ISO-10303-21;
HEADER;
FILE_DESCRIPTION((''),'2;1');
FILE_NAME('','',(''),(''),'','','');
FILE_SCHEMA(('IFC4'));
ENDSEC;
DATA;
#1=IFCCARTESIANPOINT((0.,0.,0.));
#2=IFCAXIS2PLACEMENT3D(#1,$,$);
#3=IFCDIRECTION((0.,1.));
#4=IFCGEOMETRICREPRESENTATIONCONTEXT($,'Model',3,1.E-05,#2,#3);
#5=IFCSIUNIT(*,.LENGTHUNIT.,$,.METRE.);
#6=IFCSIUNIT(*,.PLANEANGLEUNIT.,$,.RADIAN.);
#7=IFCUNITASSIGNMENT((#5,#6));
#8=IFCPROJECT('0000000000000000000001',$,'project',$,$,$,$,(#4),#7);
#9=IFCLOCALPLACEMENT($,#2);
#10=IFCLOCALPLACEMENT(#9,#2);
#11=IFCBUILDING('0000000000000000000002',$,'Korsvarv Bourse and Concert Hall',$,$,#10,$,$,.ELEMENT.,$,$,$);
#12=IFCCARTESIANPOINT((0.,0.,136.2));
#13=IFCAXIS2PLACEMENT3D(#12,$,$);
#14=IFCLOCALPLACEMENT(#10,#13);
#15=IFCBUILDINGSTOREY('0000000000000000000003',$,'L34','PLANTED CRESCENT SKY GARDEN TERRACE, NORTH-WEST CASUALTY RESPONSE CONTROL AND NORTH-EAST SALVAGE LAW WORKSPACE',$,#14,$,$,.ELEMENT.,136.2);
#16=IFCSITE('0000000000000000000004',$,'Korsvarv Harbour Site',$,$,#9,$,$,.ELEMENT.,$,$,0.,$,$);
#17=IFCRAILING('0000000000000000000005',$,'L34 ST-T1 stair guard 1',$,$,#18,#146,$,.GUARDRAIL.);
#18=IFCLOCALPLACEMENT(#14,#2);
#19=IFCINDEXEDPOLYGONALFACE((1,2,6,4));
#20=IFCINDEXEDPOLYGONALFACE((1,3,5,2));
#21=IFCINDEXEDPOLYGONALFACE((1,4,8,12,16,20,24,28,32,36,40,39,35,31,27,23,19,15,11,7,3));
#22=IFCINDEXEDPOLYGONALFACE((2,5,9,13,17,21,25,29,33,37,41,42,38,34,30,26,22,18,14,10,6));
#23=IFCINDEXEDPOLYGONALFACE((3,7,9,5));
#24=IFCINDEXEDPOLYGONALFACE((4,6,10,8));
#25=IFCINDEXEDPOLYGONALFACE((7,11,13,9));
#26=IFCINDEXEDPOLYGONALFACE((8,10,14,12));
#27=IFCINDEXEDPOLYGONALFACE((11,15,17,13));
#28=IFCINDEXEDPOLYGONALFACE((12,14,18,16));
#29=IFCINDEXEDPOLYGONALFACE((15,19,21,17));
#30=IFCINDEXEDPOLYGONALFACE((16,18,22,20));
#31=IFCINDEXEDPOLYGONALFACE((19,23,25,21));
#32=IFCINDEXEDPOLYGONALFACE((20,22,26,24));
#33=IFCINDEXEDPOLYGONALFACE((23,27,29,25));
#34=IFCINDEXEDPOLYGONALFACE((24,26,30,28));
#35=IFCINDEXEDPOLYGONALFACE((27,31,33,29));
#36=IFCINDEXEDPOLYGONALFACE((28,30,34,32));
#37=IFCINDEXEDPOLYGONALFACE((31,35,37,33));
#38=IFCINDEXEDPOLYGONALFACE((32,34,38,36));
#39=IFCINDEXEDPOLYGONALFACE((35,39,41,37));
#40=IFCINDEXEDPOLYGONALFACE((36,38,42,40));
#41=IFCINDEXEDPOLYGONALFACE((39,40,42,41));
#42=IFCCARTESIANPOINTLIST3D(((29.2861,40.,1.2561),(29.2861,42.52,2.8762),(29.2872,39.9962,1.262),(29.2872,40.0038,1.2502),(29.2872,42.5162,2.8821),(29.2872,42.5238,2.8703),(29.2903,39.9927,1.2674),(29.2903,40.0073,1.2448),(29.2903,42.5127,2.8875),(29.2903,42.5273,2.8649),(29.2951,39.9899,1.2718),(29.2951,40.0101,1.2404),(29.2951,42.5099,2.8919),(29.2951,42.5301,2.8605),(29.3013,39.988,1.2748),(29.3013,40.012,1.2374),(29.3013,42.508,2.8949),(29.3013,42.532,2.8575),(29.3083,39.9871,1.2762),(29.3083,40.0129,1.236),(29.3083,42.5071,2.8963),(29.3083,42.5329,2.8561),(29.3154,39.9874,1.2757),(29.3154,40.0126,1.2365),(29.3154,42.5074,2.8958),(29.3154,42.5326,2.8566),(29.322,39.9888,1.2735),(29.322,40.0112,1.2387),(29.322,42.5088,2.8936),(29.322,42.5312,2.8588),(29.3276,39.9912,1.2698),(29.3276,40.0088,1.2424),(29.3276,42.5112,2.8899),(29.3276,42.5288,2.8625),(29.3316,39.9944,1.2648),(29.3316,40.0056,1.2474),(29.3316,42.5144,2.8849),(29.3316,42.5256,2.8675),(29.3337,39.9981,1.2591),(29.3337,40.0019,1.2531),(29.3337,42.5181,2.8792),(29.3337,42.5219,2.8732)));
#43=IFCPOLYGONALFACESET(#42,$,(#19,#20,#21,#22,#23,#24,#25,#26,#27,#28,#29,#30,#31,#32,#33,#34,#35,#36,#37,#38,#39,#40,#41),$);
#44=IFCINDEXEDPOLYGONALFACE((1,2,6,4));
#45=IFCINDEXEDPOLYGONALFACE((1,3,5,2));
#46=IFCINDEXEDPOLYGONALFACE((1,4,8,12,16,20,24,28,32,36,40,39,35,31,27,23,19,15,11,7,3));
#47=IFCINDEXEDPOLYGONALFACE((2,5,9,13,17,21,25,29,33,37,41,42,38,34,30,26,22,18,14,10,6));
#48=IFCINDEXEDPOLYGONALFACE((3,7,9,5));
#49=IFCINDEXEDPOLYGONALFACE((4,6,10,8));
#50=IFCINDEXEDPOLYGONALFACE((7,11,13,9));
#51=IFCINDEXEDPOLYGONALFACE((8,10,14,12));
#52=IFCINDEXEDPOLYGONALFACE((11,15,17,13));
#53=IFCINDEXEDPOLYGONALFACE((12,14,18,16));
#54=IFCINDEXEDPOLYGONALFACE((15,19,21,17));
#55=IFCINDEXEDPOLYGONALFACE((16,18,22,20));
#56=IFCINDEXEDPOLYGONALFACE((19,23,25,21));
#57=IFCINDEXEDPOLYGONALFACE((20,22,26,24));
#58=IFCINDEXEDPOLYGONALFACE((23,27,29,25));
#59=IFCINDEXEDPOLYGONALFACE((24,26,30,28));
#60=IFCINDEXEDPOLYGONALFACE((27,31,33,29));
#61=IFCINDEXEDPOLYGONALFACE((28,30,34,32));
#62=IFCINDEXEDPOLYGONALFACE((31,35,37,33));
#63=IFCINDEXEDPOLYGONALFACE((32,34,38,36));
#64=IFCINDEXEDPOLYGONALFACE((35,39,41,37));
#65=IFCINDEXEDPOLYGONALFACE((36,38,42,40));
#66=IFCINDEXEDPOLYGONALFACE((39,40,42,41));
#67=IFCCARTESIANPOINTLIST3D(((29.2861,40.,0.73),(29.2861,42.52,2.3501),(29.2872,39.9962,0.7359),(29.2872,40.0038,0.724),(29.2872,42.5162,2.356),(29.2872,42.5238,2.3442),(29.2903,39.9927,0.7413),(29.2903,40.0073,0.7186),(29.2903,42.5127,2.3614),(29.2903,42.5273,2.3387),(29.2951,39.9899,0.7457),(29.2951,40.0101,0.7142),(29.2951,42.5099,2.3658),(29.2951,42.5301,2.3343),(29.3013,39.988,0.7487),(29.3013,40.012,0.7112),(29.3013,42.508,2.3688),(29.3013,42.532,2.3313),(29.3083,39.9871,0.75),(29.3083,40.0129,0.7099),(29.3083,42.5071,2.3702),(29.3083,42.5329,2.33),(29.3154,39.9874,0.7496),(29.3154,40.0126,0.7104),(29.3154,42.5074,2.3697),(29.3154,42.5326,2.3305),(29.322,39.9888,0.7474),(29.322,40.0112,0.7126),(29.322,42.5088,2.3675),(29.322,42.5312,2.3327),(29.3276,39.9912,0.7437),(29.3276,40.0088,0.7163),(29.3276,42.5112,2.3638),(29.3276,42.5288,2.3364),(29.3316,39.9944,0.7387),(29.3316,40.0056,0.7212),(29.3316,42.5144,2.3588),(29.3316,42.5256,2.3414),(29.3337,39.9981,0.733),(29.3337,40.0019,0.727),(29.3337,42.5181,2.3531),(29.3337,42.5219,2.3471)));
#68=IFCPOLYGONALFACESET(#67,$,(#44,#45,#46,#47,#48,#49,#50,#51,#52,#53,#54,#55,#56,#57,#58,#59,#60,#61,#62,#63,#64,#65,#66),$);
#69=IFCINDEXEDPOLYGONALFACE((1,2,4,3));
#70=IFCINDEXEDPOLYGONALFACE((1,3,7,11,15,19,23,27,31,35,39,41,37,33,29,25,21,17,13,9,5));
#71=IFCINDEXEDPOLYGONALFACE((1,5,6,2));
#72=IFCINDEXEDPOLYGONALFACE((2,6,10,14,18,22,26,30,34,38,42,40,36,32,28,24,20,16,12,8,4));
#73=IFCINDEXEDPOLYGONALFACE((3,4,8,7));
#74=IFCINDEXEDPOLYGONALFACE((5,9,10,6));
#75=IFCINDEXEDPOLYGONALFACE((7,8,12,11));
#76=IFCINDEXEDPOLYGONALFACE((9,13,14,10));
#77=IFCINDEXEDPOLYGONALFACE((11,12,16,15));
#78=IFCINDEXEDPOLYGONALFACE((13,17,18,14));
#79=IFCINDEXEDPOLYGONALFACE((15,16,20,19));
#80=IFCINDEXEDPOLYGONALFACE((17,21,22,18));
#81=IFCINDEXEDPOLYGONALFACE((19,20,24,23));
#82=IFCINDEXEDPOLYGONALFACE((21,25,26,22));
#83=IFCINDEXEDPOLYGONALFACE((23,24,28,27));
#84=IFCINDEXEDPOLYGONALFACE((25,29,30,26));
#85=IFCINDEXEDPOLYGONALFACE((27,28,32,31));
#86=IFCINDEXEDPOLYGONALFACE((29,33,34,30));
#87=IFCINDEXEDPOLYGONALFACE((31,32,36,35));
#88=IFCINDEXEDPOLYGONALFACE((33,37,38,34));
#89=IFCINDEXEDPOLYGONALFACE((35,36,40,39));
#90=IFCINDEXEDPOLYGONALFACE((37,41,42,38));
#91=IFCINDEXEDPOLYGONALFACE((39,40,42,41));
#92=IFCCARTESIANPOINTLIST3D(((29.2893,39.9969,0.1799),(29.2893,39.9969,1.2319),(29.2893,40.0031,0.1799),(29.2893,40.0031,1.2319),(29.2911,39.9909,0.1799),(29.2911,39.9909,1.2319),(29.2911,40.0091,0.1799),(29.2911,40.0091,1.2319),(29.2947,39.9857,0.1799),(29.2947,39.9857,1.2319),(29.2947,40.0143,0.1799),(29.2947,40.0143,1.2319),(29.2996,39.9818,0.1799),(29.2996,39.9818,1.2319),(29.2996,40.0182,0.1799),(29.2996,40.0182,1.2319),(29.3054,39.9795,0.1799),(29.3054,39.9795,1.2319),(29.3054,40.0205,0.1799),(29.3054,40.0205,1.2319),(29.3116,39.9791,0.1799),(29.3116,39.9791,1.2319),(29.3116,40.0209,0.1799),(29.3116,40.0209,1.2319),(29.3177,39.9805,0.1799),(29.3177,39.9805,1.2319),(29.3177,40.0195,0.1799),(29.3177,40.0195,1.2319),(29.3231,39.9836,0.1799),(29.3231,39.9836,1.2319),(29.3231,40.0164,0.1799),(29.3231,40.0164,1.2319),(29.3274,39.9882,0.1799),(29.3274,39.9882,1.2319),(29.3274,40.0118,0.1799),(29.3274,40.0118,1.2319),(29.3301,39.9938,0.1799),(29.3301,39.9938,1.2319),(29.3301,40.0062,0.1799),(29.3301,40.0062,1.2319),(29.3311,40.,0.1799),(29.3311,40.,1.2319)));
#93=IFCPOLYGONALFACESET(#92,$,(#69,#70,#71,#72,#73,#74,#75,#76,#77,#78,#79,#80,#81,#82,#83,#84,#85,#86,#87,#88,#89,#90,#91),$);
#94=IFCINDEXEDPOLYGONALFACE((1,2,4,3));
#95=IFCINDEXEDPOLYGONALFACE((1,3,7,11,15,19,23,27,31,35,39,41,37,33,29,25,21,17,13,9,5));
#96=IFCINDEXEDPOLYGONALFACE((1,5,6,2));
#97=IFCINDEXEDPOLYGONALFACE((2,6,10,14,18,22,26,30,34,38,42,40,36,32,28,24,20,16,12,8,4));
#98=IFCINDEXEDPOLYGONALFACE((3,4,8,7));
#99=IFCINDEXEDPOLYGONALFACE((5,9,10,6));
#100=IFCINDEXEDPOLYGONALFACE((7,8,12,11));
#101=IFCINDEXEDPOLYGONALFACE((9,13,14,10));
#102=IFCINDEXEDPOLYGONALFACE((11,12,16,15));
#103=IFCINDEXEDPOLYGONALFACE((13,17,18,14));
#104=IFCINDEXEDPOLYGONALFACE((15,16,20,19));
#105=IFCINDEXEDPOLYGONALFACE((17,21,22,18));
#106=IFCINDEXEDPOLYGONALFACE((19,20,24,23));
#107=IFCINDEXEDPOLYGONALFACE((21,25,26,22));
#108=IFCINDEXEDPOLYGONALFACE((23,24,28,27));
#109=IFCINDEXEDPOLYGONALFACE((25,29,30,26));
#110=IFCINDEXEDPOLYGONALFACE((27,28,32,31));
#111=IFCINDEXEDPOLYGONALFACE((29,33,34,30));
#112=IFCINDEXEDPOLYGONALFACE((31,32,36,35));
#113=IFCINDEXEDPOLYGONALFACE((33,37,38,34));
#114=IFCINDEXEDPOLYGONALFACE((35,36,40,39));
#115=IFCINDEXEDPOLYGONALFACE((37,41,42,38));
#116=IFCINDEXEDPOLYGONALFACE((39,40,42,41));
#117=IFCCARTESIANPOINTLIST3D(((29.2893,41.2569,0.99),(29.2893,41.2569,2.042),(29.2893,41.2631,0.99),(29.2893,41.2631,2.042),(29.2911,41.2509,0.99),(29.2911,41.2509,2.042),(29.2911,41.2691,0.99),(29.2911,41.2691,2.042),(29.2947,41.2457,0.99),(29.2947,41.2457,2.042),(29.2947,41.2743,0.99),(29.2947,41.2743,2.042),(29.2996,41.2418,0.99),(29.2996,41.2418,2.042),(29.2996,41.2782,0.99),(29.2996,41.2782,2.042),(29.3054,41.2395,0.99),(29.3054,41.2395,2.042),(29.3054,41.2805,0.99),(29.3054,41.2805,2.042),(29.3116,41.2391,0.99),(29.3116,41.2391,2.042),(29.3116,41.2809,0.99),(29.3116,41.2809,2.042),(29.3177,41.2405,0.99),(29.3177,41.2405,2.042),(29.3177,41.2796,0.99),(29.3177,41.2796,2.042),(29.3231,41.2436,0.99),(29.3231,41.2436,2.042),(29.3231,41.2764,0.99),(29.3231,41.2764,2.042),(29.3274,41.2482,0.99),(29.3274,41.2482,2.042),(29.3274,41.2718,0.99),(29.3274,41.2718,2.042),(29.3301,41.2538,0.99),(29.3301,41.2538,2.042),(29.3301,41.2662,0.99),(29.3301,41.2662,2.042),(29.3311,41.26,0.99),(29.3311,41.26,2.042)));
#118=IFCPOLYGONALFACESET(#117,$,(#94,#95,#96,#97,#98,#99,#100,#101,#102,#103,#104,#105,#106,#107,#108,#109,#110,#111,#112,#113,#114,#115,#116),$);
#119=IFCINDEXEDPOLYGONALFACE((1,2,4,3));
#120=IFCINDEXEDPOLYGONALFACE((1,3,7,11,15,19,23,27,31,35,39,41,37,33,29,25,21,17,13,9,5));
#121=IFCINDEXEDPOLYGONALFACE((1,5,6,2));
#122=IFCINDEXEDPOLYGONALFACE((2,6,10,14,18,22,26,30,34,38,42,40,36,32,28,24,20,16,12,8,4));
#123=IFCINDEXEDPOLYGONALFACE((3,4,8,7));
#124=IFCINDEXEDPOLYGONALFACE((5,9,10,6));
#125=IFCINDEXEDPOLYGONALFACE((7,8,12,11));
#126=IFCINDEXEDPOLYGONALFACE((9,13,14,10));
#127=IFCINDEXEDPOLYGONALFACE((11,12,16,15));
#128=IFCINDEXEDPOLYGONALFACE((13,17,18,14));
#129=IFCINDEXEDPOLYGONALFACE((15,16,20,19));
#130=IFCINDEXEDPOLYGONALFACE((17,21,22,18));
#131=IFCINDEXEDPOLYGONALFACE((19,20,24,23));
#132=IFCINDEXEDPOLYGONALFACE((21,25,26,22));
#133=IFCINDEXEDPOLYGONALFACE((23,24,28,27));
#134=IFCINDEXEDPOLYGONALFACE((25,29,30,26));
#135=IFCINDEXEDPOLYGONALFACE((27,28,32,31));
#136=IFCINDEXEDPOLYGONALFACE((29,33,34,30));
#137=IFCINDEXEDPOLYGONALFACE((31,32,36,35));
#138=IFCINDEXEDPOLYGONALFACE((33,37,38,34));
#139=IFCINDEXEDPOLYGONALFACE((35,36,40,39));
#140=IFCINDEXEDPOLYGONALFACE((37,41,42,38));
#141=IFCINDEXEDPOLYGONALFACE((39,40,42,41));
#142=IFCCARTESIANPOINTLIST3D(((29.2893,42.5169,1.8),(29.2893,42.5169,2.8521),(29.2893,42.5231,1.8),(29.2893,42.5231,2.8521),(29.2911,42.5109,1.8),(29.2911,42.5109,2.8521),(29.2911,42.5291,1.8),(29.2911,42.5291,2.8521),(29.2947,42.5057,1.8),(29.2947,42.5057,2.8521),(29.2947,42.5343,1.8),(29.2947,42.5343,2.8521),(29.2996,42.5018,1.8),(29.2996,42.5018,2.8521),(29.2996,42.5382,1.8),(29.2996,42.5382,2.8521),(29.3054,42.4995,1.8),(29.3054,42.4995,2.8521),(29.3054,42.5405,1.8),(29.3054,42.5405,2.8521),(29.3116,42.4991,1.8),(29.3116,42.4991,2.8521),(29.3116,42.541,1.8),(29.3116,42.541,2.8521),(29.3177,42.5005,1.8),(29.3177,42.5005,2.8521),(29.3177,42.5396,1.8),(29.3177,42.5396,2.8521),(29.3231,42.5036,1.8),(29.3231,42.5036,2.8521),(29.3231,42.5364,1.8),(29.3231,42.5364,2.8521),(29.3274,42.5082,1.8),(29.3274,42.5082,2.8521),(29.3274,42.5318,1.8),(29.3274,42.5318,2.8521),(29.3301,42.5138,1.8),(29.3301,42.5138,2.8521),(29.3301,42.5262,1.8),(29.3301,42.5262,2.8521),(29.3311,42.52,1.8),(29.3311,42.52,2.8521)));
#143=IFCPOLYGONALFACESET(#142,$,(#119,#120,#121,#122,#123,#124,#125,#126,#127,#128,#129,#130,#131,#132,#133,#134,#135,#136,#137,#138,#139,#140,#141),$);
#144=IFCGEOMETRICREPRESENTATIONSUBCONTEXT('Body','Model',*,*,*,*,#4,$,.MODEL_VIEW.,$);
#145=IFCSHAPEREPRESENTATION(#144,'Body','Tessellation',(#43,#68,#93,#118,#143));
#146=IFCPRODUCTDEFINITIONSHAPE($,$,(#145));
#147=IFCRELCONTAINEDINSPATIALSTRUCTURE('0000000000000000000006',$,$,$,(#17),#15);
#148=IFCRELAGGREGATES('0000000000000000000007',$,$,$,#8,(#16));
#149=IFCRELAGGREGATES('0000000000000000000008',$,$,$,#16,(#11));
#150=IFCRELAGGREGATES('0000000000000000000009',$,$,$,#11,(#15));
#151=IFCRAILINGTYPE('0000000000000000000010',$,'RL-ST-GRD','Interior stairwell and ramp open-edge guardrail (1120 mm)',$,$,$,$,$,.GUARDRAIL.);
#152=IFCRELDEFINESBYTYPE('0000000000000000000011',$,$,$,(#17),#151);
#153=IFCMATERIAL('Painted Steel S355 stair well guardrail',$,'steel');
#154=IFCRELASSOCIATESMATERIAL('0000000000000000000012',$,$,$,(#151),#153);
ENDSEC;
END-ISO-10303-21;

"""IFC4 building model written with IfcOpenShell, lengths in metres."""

from ifc_helpers import new_model, si_unit, direction, frame, origin, origin_2d, place, context, subcontext, project, spatial, circle, extrude, material, type_object, element, save


model = new_model("IFC4")

# Units and contexts
model_context = context("Model", 3, precision=1e-05, world=origin(), true_north=direction((0.0, 1.0)))
body_context = subcontext(model_context, "Body", "Model", "MODEL_VIEW")
ifc_project = project(units=[si_unit("LENGTHUNIT", "METRE"), si_unit("PLANEANGLEUNIT", "RADIAN")], contexts=[model_context])

# Site, building, storey
site_placement = place(None, origin())
site = spatial("IfcSite", under=ifc_project, at=site_placement, Name="Korsvarv Harbour Site", CompositionType="ELEMENT", RefElevation=0.0)
building_placement = place(site_placement, origin())
building = spatial("IfcBuilding", under=site, at=building_placement, Name="Korsvarv Bourse and Concert Hall", CompositionType="ELEMENT")
storey_placement = place(building_placement, frame((0.0, 0.0, 136.2)))
storey = spatial("IfcBuildingStorey", under=building, at=storey_placement, Name="L34", Description="PLANTED CRESCENT SKY GARDEN TERRACE, NORTH-WEST CASUALTY RESPONSE CONTROL AND NORTH-EAST SALVAGE LAW WORKSPACE", CompositionType="ELEMENT", Elevation=136.2)

# Railing
ifc_material_1 = material(Name="Painted Steel S355 stair well guardrail", Category="steel")
railing_type_1 = type_object("IfcRailingType", Name="RL-ST-GRD", Description="Interior stairwell and ramp open-edge guardrail (1120 mm)", PredefinedType="GUARDRAIL", material=ifc_material_1)
railing_1_placement = place(storey_placement, frame((29.3101, 40.0, 0.1799)))
element("IfcRailing", 1, at=railing_1_placement, inside=storey, type_object=railing_type_1, Name="L34 ST-T1 stair guard 1", PredefinedType="GUARDRAIL", context=body_context, shape_type="SweptSolid", body=[
    extrude(circle(Radius=0.0239, at=origin_2d()), frame((0.0, 0.0, 1.0762), z_axis=(0.0, 0.841163, 0.540782), x_axis=(-1.0, 0.0, 0.0)), (0.0, 0.0, 1.0), 2.9958),
    extrude(circle(Radius=0.0239, at=origin_2d()), frame((0.0, 0.0, 0.55), z_axis=(0.0, 0.841163, 0.540782), x_axis=(-1.0, 0.0, 0.0)), (0.0, 0.0, 1.0), 2.9958),
    extrude(circle(Radius=0.021, at=origin_2d()), origin(), (0.0, 0.0, 1.0), 1.052),
    extrude(circle(Radius=0.021, at=origin_2d()), frame((0.0, 1.26, 0.8101)), (0.0, 0.0, 1.0), 1.052),
    extrude(circle(Radius=0.021, at=origin_2d()), frame((0.0, 2.52, 1.6201)), (0.0, 0.0, 1.0), 1.052),
])

save(model, "model.ifc")
